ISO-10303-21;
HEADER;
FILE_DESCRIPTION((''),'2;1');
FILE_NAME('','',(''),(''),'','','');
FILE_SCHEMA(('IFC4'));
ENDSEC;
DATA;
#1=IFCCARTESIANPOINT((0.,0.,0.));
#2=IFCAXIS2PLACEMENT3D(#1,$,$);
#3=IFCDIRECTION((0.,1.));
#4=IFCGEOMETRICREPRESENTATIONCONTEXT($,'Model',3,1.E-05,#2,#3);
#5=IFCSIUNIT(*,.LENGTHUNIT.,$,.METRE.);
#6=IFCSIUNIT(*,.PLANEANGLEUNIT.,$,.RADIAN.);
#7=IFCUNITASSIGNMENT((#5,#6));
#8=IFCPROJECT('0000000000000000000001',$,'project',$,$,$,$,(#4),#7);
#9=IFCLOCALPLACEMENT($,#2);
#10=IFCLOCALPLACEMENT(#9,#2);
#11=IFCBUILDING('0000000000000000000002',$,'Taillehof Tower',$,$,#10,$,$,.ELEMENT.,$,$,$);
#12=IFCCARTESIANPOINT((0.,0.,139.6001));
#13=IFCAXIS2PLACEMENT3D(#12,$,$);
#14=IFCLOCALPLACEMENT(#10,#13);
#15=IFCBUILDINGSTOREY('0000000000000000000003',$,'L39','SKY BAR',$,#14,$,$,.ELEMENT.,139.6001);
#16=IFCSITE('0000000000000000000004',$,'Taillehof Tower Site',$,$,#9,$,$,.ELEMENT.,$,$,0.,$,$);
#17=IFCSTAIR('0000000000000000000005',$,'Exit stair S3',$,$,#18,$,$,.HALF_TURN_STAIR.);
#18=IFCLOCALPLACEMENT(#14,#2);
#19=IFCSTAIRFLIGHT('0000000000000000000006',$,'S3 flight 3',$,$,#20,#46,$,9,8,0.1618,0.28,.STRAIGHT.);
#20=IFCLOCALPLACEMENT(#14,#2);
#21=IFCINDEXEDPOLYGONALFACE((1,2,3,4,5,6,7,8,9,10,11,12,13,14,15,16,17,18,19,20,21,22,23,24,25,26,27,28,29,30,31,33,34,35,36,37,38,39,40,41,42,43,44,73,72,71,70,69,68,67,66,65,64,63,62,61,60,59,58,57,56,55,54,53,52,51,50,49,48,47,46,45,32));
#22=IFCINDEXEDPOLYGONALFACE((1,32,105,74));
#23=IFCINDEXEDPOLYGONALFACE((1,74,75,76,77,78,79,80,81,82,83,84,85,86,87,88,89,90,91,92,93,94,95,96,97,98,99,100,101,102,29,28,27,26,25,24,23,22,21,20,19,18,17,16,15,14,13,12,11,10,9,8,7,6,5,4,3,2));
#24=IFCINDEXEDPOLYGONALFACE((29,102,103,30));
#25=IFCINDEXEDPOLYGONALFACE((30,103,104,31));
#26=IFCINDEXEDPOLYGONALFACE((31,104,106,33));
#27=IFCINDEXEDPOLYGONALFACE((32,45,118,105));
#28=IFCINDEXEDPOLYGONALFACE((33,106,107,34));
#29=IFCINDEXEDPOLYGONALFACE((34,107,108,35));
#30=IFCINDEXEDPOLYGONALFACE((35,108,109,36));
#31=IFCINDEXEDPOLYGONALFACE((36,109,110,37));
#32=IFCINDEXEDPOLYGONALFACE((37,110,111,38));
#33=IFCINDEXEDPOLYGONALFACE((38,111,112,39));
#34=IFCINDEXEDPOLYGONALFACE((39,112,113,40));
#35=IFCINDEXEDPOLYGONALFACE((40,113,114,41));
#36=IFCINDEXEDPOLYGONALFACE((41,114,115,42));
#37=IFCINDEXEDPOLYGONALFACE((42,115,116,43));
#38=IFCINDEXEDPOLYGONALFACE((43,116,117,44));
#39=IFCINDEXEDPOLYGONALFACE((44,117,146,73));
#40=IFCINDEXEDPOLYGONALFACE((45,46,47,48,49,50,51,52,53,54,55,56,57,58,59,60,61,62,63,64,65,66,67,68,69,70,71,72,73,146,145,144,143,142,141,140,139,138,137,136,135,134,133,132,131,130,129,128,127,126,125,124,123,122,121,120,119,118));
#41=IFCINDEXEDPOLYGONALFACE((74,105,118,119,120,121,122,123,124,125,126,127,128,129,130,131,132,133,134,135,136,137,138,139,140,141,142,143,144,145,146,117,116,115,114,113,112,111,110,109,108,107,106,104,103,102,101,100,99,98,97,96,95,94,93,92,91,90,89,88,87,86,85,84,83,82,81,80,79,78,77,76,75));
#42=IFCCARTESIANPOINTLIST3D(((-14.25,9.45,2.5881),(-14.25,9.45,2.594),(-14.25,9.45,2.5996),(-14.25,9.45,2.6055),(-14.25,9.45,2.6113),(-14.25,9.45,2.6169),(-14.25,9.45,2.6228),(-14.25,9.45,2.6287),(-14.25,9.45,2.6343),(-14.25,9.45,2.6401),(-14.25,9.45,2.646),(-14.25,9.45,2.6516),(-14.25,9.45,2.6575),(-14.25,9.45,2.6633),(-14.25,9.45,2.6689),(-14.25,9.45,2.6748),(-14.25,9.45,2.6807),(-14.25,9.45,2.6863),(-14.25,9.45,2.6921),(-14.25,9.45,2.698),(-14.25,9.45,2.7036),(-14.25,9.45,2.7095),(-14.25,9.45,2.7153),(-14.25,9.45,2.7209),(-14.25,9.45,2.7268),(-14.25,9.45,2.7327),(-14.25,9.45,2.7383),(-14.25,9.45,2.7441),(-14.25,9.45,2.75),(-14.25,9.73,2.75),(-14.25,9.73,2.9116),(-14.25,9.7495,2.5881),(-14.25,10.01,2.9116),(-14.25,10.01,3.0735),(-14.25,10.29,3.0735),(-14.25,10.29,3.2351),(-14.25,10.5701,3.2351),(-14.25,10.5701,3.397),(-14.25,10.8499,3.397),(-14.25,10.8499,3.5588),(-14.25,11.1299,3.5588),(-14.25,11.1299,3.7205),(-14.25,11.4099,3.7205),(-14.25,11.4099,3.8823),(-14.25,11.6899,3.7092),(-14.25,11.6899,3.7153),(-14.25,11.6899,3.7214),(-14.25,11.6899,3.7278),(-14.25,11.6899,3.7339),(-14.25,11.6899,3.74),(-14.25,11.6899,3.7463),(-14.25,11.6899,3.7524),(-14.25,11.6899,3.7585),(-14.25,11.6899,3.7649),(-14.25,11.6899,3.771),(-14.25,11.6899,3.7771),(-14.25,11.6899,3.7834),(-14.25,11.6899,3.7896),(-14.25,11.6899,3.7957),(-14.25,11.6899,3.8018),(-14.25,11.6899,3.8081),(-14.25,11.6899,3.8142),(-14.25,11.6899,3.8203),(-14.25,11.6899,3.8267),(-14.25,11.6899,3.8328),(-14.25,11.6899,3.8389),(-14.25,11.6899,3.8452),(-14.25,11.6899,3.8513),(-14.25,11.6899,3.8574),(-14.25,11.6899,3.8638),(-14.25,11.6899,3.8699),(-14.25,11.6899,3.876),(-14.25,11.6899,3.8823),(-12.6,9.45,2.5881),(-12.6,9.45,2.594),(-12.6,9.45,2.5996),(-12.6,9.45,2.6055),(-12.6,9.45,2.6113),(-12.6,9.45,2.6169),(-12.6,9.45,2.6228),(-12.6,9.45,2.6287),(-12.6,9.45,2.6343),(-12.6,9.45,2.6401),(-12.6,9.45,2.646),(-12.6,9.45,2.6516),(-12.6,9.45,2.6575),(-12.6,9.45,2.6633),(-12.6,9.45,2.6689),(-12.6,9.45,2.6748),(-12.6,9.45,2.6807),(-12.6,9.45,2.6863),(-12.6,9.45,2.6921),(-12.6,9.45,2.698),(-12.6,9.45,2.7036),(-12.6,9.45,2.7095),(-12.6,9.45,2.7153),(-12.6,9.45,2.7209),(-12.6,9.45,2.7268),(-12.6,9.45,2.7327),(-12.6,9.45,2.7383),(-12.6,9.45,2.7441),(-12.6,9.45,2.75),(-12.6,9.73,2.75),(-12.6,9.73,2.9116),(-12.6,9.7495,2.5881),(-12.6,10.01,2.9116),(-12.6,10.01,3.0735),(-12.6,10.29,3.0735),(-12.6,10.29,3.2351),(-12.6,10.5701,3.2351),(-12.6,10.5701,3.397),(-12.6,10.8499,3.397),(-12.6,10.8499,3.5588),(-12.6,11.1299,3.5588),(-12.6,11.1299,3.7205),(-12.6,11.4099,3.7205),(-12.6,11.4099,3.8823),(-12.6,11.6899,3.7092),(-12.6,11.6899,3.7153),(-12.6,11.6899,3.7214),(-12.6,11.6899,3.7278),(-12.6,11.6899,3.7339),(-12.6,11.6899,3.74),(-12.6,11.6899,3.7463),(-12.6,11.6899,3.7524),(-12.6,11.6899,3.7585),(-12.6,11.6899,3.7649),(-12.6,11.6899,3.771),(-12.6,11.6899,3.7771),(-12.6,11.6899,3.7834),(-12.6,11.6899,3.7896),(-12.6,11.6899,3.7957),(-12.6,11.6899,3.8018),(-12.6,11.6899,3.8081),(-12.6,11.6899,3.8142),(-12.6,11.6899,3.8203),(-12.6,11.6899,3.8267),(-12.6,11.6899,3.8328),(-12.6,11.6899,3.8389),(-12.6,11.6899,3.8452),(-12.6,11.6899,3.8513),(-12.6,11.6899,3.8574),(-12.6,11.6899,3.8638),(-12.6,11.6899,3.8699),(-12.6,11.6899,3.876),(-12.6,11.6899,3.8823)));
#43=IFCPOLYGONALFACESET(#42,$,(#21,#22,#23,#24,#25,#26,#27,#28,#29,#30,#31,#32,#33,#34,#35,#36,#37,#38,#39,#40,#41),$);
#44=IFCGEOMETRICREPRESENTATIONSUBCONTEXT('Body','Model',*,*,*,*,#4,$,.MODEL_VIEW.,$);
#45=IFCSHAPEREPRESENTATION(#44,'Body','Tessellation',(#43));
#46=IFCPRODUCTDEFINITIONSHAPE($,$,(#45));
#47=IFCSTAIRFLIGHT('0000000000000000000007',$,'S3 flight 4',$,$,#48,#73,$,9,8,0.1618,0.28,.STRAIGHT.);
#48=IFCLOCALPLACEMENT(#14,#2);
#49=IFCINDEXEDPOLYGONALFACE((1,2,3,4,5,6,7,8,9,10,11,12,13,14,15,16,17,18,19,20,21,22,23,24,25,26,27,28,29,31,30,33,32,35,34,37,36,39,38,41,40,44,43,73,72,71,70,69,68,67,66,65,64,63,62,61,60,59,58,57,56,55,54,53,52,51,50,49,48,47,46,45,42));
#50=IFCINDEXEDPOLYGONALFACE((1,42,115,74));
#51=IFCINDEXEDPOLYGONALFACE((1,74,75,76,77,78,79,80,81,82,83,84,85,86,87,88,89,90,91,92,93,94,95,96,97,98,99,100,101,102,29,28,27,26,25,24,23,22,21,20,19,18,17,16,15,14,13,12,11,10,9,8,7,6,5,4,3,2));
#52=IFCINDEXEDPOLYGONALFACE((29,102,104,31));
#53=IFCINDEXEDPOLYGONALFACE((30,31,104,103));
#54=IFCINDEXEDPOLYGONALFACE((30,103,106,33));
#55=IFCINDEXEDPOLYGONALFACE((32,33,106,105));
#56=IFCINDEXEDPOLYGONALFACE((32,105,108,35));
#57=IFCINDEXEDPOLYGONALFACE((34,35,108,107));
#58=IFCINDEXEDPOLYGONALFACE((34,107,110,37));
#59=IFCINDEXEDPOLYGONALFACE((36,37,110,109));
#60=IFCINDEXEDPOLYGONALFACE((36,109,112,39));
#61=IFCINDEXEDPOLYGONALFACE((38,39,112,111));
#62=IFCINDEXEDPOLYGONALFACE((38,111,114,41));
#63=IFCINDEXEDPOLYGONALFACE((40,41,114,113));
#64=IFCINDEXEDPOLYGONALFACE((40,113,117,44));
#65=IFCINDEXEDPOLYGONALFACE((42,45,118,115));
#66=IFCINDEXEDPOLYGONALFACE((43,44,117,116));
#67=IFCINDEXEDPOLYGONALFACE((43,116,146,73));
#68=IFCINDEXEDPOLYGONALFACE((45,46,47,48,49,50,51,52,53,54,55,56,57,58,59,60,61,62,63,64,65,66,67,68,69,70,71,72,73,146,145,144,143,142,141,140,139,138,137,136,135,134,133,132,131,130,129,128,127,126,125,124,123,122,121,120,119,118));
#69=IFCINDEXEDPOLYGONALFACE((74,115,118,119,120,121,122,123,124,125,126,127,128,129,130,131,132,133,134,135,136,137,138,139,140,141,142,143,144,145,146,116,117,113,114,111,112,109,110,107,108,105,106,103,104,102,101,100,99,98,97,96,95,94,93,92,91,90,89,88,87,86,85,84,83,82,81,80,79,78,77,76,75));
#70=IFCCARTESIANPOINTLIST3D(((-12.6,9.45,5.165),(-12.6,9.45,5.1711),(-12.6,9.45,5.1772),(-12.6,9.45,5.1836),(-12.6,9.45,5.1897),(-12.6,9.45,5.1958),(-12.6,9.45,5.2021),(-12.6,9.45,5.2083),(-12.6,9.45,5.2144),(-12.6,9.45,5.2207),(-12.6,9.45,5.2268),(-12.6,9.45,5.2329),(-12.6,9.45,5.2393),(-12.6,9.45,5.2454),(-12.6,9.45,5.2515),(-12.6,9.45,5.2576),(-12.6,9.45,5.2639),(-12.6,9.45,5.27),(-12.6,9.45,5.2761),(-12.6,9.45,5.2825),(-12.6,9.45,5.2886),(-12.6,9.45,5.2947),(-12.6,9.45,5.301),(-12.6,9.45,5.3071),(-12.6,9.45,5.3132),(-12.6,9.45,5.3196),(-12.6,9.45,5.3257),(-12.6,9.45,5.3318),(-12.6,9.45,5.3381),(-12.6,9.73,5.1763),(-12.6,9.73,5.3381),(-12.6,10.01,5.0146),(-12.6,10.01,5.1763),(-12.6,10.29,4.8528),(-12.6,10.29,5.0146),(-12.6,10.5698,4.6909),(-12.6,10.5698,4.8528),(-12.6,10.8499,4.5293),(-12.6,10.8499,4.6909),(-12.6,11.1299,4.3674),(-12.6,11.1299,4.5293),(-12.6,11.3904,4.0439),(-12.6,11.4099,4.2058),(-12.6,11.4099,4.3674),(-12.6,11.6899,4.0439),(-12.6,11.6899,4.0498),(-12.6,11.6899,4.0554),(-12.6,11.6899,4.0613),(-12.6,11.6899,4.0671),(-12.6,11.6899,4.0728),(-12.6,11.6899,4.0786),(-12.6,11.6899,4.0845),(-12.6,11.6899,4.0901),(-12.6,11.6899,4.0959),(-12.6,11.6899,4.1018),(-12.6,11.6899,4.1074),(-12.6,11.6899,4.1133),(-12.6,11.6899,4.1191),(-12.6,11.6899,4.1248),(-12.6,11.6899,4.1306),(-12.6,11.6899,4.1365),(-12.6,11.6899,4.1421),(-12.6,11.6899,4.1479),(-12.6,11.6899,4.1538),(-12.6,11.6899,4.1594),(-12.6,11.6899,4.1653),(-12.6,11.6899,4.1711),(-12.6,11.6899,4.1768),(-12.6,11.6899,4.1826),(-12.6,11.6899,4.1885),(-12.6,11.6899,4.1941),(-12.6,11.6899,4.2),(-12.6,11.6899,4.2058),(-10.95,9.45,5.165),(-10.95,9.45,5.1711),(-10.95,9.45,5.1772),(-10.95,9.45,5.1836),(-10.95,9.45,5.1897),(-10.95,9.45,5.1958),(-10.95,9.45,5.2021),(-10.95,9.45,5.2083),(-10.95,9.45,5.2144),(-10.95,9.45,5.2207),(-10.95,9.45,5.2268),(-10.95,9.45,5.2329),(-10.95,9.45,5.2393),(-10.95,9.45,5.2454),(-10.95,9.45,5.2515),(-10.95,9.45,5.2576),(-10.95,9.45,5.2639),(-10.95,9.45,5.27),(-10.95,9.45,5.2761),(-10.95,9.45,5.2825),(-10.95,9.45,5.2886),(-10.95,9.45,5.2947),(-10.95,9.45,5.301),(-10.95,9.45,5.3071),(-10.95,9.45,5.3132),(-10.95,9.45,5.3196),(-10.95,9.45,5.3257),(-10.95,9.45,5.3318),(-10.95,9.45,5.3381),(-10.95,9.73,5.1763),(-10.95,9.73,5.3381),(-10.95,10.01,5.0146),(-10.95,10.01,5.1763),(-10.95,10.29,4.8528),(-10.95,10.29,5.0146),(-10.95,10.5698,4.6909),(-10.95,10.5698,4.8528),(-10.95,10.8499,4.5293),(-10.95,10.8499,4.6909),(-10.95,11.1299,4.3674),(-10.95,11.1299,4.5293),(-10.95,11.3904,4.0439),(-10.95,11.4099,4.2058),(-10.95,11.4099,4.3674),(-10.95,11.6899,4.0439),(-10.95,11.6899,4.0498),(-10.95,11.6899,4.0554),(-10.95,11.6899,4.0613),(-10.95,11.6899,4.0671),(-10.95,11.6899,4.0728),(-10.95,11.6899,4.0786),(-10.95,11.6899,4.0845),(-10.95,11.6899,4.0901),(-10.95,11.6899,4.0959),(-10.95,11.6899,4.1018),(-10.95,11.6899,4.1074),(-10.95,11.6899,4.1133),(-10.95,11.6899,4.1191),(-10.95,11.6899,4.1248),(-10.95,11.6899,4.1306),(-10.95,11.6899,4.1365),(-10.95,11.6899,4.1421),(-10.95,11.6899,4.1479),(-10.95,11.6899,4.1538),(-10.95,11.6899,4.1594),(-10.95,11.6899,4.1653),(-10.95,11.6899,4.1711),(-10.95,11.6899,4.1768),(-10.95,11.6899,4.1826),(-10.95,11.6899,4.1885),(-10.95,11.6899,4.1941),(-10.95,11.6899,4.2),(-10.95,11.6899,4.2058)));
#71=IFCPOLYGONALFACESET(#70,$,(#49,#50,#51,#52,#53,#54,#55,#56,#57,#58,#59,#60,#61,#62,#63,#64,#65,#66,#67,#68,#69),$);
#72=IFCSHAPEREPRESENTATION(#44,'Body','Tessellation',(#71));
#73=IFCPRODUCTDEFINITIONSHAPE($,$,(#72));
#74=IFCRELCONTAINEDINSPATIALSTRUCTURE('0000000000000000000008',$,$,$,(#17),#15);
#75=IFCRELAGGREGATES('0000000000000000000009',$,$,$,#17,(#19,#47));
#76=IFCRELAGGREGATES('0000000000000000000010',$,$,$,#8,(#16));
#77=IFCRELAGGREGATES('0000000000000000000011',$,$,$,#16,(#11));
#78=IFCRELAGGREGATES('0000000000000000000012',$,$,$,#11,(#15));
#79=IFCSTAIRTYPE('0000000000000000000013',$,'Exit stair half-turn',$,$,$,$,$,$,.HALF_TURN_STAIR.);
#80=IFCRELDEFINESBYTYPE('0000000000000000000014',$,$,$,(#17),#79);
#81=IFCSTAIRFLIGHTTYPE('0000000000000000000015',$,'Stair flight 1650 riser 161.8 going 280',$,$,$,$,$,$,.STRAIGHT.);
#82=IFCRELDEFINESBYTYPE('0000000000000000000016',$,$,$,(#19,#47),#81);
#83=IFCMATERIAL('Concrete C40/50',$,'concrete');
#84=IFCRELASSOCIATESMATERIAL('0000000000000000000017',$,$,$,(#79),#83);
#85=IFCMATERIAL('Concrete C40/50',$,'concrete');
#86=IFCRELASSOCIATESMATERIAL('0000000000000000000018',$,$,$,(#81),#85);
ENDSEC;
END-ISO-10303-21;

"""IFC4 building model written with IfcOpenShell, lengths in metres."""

from ifc_helpers import new_model, si_unit, direction, frame, origin, place, context, subcontext, project, spatial, polyline, outline, extrude, material, type_object, element, aggregate, save


model = new_model("IFC4")

# Units and contexts
model_context = context("Model", 3, precision=1e-05, world=origin(), true_north=direction((0.0, 1.0)))
body_context = subcontext(model_context, "Body", "Model", "MODEL_VIEW")
ifc_project = project(units=[si_unit("LENGTHUNIT", "METRE"), si_unit("PLANEANGLEUNIT", "RADIAN")], contexts=[model_context])

# Site, building, storey
site_placement = place(None, origin())
site = spatial("IfcSite", under=ifc_project, at=site_placement, Name="Taillehof Tower Site", CompositionType="ELEMENT", RefElevation=0.0)
building_placement = place(site_placement, origin())
building = spatial("IfcBuilding", under=site, at=building_placement, Name="Taillehof Tower", CompositionType="ELEMENT")
storey_placement = place(building_placement, frame((0.0, 0.0, 139.6001)))
storey = spatial("IfcBuildingStorey", under=building, at=storey_placement, Name="L39", Description="SKY BAR", CompositionType="ELEMENT", Elevation=139.6001)

# Stair, stair flights
ifc_material_1 = material(Name="Concrete C40/50", Category="concrete")
stair_type = type_object("IfcStairType", Name="Exit stair half-turn", PredefinedType="HALF_TURN_STAIR", material=ifc_material_1)
stair_placement = place(storey_placement, origin())
stair = element("IfcStair", 1, at=stair_placement, inside=storey, type_object=stair_type, Name="Exit stair S3", PredefinedType="HALF_TURN_STAIR")
ifc_material_2 = material(Name="Concrete C40/50", Category="concrete")
stair_flight_type = type_object("IfcStairFlightType", Name="Stair flight 1650 riser 161.8 going 280", PredefinedType="STRAIGHT", material=ifc_material_2)
stair_flight_1_placement = place(storey_placement, frame((-13.425, 9.45, 2.5881), z_axis=(0.0, 0.0, 1.0), x_axis=(0.0, 1.0, 0.0)))
stair_flight_1 = element("IfcStairFlight", 2, at=stair_flight_1_placement, type_object=stair_flight_type, Name="S3 flight 3", NumberOfRisers=9, NumberOfTreads=8, PredefinedType="STRAIGHT", RiserHeight=0.1618, TreadLength=0.28, context=body_context, shape_type="SweptSolid", body=[
    extrude(outline(polyline([(0.0, 0.0), (0.0, 0.0059), (0.0, 0.0115), (0.0, 0.0173), (0.0, 0.0232), (0.0, 0.0288), (0.0, 0.0347), (0.0, 0.0405), (0.0, 0.0461), (0.0, 0.052), (0.0, 0.0579), (0.0, 0.0635), (0.0, 0.0693), (0.0, 0.0752), (0.0, 0.0808), (0.0, 0.0867), (0.0, 0.0925), (0.0, 0.0981), (0.0, 0.104), (0.0, 0.1099), (0.0, 0.1155), (0.0, 0.1213), (0.0, 0.1272), (0.0, 0.1328), (0.0, 0.1387), (0.0, 0.1445), (0.0, 0.1501), (0.0, 0.156), (0.0, 0.1619), (0.28, 0.1619), (0.28, 0.3235), (0.5601, 0.3235), (0.5601, 0.4854), (0.8401, 0.4854), (0.8401, 0.647), (1.1201, 0.647), (1.1201, 0.8088), (1.3999, 0.8088), (1.3999, 0.9707), (1.6799, 0.9707), (1.6799, 1.1323), (1.96, 1.1323), (1.96, 1.2942), (2.24, 1.2942), (2.24, 1.2878), (2.24, 1.2817), (2.24, 1.2756), (2.24, 1.2693), (2.24, 1.2632), (2.24, 1.2571), (2.24, 1.2507), (2.24, 1.2446), (2.24, 1.2385), (2.24, 1.2322), (2.24, 1.2261), (2.24, 1.22), (2.24, 1.2136), (2.24, 1.2075), (2.24, 1.2014), (2.24, 1.1953), (2.24, 1.189), (2.24, 1.1829), (2.24, 1.1768), (2.24, 1.1704), (2.24, 1.1643), (2.24, 1.1582), (2.24, 1.1519), (2.24, 1.1458), (2.24, 1.1396), (2.24, 1.1333), (2.24, 1.1272), (2.24, 1.1211), (0.2996, 0.0), (0.0, 0.0)])), frame((0.0, 0.825, 0.0), z_axis=(0.0, -1.0, 0.0), x_axis=(1.0, 0.0, 0.0)), (0.0, 0.0, 1.0), 1.65),
])
stair_flight_2_placement = place(storey_placement, frame((-11.7749, 11.6899, 4.0439), z_axis=(0.0, 0.0, 1.0), x_axis=(0.0, -1.0, 0.0)))
stair_flight_2 = element("IfcStairFlight", 3, at=stair_flight_2_placement, type_object=stair_flight_type, Name="S3 flight 4", NumberOfRisers=9, NumberOfTreads=8, PredefinedType="STRAIGHT", RiserHeight=0.1618, TreadLength=0.28, context=body_context, shape_type="SweptSolid", body=[
    extrude(outline(polyline([(0.0, 0.0), (0.0, 0.0059), (0.0, 0.0115), (0.0, 0.0173), (0.0, 0.0232), (0.0, 0.0288), (0.0, 0.0347), (0.0, 0.0405), (0.0, 0.0461), (0.0, 0.052), (0.0, 0.0579), (0.0, 0.0635), (0.0, 0.0693), (0.0, 0.0752), (0.0, 0.0808), (0.0, 0.0867), (0.0, 0.0925), (0.0, 0.0981), (0.0, 0.104), (0.0, 0.1099), (0.0, 0.1155), (0.0, 0.1213), (0.0, 0.1272), (0.0, 0.1328), (0.0, 0.1387), (0.0, 0.1445), (0.0, 0.1501), (0.0, 0.156), (0.0, 0.1619), (0.28, 0.1619), (0.28, 0.3235), (0.5601, 0.3235), (0.5601, 0.4854), (0.8401, 0.4854), (0.8401, 0.647), (1.1201, 0.647), (1.1201, 0.8088), (1.3999, 0.8088), (1.3999, 0.9707), (1.6799, 0.9707), (1.6799, 1.1323), (1.96, 1.1323), (1.96, 1.2942), (2.24, 1.2942), (2.24, 1.2878), (2.24, 1.2817), (2.24, 1.2756), (2.24, 1.2693), (2.24, 1.2632), (2.24, 1.2571), (2.24, 1.2507), (2.24, 1.2446), (2.24, 1.2385), (2.24, 1.2322), (2.24, 1.2261), (2.24, 1.22), (2.24, 1.2136), (2.24, 1.2075), (2.24, 1.2014), (2.24, 1.1953), (2.24, 1.189), (2.24, 1.1829), (2.24, 1.1768), (2.24, 1.1704), (2.24, 1.1643), (2.24, 1.1582), (2.24, 1.1519), (2.24, 1.1458), (2.24, 1.1396), (2.24, 1.1333), (2.24, 1.1272), (2.24, 1.1211), (0.2996, 0.0), (0.0, 0.0)])), frame((0.0, 0.825, 0.0), z_axis=(0.0, -1.0, 0.0), x_axis=(1.0, 0.0, 0.0)), (0.0, 0.0, 1.0), 1.65),
])
aggregate(stair, [stair_flight_1, stair_flight_2])

save(model, "model.ifc")
